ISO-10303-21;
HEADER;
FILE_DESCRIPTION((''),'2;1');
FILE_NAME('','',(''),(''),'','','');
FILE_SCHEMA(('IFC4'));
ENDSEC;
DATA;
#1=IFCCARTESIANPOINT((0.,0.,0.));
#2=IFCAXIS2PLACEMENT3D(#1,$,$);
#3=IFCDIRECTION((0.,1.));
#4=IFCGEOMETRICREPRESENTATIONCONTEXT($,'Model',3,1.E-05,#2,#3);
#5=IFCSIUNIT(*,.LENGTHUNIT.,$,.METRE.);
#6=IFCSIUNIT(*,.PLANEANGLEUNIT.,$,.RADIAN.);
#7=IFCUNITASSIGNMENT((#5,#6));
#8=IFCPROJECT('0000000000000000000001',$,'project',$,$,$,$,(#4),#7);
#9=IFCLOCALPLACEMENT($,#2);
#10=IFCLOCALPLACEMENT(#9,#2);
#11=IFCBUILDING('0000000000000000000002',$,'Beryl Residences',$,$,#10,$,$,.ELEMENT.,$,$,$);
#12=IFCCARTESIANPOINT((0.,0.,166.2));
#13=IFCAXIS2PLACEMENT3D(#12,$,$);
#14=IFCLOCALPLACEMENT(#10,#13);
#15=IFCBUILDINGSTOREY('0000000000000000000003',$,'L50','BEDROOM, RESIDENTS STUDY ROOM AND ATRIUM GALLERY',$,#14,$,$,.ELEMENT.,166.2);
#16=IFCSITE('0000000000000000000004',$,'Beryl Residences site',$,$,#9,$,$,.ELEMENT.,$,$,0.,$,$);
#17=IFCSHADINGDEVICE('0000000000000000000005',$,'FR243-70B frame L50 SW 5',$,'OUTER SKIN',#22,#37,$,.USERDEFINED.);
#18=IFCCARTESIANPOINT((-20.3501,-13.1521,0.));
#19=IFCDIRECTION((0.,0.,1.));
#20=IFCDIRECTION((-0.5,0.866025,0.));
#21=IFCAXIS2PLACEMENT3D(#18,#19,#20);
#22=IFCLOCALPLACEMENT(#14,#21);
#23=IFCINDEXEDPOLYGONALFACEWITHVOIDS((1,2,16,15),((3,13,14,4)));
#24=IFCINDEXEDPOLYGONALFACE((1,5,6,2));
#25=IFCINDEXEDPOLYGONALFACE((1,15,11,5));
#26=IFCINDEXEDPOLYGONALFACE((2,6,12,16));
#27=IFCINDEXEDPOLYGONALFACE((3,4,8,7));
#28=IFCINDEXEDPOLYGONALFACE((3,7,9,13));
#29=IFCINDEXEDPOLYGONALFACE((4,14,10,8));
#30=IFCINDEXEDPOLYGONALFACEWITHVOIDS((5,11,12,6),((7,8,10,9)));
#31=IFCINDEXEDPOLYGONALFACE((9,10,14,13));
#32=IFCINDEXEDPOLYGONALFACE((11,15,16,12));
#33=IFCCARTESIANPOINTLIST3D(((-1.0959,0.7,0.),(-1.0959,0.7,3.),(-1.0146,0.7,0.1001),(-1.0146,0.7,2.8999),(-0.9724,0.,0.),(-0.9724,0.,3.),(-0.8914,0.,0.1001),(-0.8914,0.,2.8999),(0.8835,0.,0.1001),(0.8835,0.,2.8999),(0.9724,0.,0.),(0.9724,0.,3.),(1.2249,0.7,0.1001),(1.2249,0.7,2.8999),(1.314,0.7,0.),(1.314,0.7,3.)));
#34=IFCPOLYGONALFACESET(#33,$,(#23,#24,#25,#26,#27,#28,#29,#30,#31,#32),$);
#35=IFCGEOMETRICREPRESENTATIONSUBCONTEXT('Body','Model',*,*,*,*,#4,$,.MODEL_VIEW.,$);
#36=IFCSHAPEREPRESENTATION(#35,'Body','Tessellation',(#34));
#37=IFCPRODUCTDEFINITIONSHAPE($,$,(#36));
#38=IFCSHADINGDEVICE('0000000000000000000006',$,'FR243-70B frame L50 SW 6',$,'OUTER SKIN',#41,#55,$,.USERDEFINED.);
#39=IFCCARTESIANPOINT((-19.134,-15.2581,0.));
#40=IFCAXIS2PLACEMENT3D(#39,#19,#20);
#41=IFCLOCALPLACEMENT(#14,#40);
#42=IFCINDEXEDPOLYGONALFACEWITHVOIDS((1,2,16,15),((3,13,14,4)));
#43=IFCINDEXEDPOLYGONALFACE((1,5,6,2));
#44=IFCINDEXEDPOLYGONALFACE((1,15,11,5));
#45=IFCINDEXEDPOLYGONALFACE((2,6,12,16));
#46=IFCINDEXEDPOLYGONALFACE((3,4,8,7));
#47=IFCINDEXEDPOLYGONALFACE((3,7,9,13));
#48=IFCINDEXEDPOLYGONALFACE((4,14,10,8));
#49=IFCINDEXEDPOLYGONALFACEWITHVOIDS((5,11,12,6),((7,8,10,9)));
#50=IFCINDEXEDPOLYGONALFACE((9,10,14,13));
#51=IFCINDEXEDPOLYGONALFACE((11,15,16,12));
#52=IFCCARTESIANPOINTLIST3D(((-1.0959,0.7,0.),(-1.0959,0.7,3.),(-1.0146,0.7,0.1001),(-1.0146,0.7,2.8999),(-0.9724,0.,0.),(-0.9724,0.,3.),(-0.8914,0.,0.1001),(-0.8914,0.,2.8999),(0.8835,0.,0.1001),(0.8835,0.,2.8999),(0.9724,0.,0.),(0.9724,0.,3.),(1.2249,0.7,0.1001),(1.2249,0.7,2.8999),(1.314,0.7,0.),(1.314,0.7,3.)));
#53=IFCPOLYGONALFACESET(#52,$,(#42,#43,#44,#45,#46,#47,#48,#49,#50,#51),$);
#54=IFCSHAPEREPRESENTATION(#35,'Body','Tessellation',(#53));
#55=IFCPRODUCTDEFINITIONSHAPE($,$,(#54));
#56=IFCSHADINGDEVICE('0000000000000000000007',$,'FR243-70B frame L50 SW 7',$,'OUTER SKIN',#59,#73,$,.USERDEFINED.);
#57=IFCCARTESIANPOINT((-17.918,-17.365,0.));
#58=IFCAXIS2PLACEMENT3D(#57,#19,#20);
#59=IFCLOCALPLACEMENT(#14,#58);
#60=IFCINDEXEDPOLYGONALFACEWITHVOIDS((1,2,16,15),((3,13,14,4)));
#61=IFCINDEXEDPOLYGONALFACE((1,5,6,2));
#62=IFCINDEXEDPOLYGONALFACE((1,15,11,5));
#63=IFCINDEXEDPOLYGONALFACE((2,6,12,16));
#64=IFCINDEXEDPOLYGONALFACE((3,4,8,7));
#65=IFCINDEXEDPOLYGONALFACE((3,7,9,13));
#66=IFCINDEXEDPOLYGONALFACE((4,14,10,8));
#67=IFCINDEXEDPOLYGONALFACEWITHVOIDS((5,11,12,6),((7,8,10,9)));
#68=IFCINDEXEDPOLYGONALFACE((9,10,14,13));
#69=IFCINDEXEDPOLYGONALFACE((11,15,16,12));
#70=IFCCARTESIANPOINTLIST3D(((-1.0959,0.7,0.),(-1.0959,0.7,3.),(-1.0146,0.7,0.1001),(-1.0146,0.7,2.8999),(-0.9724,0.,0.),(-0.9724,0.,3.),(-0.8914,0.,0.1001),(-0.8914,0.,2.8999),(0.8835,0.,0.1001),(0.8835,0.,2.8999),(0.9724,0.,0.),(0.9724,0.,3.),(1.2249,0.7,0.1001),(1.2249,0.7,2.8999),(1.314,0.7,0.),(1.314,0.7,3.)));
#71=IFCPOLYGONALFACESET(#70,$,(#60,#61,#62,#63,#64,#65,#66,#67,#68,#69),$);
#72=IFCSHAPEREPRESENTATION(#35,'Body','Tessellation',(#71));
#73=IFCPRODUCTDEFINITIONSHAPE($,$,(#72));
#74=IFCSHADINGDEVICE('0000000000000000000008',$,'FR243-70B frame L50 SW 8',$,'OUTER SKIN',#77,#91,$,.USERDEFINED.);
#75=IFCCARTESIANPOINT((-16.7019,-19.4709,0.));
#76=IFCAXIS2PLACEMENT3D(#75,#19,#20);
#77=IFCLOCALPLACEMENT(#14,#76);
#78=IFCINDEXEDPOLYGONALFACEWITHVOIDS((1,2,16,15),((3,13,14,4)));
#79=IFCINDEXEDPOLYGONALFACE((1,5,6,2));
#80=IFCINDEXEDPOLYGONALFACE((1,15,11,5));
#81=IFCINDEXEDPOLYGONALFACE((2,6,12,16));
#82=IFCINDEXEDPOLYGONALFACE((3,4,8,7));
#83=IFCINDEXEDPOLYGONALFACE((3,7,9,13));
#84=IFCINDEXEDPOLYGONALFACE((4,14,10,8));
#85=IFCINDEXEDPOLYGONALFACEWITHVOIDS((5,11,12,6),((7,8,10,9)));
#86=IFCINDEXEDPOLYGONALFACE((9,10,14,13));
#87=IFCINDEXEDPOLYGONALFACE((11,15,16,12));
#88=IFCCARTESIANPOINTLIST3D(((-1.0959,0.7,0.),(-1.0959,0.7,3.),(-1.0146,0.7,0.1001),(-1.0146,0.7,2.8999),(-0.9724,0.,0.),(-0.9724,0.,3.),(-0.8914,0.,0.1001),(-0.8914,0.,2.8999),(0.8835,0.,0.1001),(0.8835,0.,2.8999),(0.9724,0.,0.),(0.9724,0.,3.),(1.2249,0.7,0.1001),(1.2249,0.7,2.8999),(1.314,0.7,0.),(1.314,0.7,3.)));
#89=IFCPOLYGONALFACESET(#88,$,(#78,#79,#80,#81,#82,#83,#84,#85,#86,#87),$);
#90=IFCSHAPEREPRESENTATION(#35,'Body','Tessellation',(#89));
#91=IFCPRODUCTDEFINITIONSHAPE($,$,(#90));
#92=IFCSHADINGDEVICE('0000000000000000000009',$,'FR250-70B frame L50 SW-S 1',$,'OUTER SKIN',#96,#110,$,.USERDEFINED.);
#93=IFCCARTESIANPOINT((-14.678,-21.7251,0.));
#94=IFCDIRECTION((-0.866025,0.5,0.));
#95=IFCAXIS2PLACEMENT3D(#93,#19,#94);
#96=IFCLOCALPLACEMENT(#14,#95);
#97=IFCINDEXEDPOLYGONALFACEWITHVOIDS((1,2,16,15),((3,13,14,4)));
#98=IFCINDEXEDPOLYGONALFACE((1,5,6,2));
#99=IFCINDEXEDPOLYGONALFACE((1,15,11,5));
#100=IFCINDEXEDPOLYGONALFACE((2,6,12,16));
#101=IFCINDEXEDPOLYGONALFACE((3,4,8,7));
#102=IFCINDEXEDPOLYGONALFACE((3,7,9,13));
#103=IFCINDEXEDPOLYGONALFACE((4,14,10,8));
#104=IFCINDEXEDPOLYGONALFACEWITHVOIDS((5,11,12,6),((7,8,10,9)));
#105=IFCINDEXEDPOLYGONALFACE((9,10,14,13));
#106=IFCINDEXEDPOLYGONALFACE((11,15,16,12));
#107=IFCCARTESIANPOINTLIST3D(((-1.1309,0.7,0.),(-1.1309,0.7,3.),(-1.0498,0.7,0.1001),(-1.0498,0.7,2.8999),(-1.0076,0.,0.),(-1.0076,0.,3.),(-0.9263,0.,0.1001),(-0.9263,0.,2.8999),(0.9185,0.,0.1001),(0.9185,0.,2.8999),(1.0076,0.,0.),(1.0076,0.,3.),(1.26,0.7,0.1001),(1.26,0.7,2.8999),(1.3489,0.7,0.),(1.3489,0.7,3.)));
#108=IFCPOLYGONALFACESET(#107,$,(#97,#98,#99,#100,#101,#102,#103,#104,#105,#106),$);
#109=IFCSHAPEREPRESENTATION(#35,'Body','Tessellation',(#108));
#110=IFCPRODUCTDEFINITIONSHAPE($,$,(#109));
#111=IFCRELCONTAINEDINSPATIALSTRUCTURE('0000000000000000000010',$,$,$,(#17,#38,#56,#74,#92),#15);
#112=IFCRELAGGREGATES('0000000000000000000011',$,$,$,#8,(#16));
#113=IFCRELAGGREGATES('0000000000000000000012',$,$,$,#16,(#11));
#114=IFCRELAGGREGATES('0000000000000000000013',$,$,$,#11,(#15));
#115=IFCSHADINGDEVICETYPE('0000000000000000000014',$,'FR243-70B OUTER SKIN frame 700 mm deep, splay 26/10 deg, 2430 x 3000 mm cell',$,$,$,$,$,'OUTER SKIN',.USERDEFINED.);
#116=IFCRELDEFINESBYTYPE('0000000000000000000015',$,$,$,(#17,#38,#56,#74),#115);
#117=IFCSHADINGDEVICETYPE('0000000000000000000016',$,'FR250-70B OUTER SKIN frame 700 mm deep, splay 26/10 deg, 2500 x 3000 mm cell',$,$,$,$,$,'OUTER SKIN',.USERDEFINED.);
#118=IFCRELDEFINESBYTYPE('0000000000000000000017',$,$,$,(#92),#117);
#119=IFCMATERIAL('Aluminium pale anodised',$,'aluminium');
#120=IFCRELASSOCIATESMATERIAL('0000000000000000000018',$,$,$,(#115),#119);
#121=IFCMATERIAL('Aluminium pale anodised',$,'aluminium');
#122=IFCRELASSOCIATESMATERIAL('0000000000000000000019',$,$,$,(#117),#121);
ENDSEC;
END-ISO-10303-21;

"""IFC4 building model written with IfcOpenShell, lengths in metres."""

from ifc_helpers import new_model, entity, si_unit, direction, frame, origin, place, context, subcontext, project, spatial, source, transform, mapped, material, type_object, type_shapes, element, save


model = new_model("IFC4")

# Units and contexts
model_context = context("Model", 3, precision=1e-05, world=origin(), true_north=direction((0.0, 1.0)))
body_context = subcontext(model_context, "Body", "Model", "MODEL_VIEW")
ifc_project = project(units=[si_unit("LENGTHUNIT", "METRE"), si_unit("PLANEANGLEUNIT", "RADIAN")], contexts=[model_context])

# Site, building, storey
site_placement = place(None, origin())
site = spatial("IfcSite", under=ifc_project, at=site_placement, Name="Beryl Residences site", CompositionType="ELEMENT", RefElevation=0.0)
building_placement = place(site_placement, origin())
building = spatial("IfcBuilding", under=site, at=building_placement, Name="Beryl Residences", CompositionType="ELEMENT")
storey_placement = place(building_placement, frame((0.0, 0.0, 166.2)))
storey = spatial("IfcBuildingStorey", under=building, at=storey_placement, Name="L50", Description="BEDROOM, RESIDENTS STUDY ROOM AND ATRIUM GALLERY", CompositionType="ELEMENT", Elevation=166.2)

# Shading devices
ifc_material_1 = material(Name="Aluminium pale anodised", Category="aluminium")
shading_device_type_1 = type_object("IfcShadingDeviceType", Name="FR243-70B OUTER SKIN frame 700 mm deep, splay 26/10 deg, 2430 x 3000 mm cell", ElementType="OUTER SKIN", PredefinedType="USERDEFINED", material=ifc_material_1)
cartesian_point_1 = entity("IfcCartesianPoint", [-0.9724, 0.0])
cartesian_point_2 = entity("IfcCartesianPoint", [-0.8835, 0.1001])
cartesian_point_3 = entity("IfcCartesianPoint", [-1.314, 0.0])
cartesian_point_4 = entity("IfcCartesianPoint", [-1.2249, 0.1001])
shared_shape_1 = source(origin(), body_context, "Body", "SweptSolid", [
    entity("IfcExtrudedAreaSolidTapered", entity("IfcArbitraryProfileDefWithVoids", "AREA", None, entity("IfcPolyline", [cartesian_point_1, entity("IfcCartesianPoint", [0.9724, 0.0]), entity("IfcCartesianPoint", [0.9724, 3.0]), entity("IfcCartesianPoint", [-0.9724, 3.0]), cartesian_point_1]), [entity("IfcPolyline", [cartesian_point_2, entity("IfcCartesianPoint", [0.8914, 0.1001]), entity("IfcCartesianPoint", [0.8914, 2.8999]), entity("IfcCartesianPoint", [-0.8835, 2.8999]), cartesian_point_2])]), entity("IfcAxis2Placement3D", entity("IfcCartesianPoint", [0.0, 0.0, 0.0]), entity("IfcDirection", [0.0, 1.0, 0.0]), entity("IfcDirection", [-1.0, 0.0, 0.0])), entity("IfcDirection", [0.0, 0.0, 1.0]), 0.7, entity("IfcArbitraryProfileDefWithVoids", "AREA", None, entity("IfcPolyline", [cartesian_point_3, entity("IfcCartesianPoint", [1.0959, 0.0]), entity("IfcCartesianPoint", [1.0959, 3.0]), entity("IfcCartesianPoint", [-1.314, 3.0]), cartesian_point_3]), [entity("IfcPolyline", [cartesian_point_4, entity("IfcCartesianPoint", [1.0146, 0.1001]), entity("IfcCartesianPoint", [1.0146, 2.8999]), entity("IfcCartesianPoint", [-1.2249, 2.8999]), cartesian_point_4])])),
])
type_shapes(shading_device_type_1, [shared_shape_1])
for number, where, z_axis, x_axis, name in (
    (1, (-20.3501, -13.1521, 0.0), (0.0, 0.0, 1.0), (-0.5, 0.866025, 0.0), "FR243-70B frame L50 SW 5"),
    (2, (-19.134, -15.2581, 0.0), (0.0, 0.0, 1.0), (-0.5, 0.866025, 0.0), "FR243-70B frame L50 SW 6"),
    (3, (-17.918, -17.365, 0.0), (0.0, 0.0, 1.0), (-0.5, 0.866025, 0.0), "FR243-70B frame L50 SW 7"),
    (4, (-16.7019, -19.4709, 0.0), (0.0, 0.0, 1.0), (-0.5, 0.866025, 0.0), "FR243-70B frame L50 SW 8"),
):
    element("IfcShadingDevice", number, at=place(storey_placement, frame(where, z_axis=z_axis, x_axis=x_axis)), inside=storey, type_object=shading_device_type_1, Name=name, ObjectType="OUTER SKIN", PredefinedType="USERDEFINED", context=body_context, shape_type="MappedRepresentation", body=[
        mapped(shared_shape_1, transform((0.0, 0.0, 0.0))),
    ])
ifc_material_2 = material(Name="Aluminium pale anodised", Category="aluminium")
shading_device_type_2 = type_object("IfcShadingDeviceType", Name="FR250-70B OUTER SKIN frame 700 mm deep, splay 26/10 deg, 2500 x 3000 mm cell", ElementType="OUTER SKIN", PredefinedType="USERDEFINED", material=ifc_material_2)
cartesian_point_5 = entity("IfcCartesianPoint", [-1.0076, 0.0])
cartesian_point_6 = entity("IfcCartesianPoint", [-0.9185, 0.1001])
cartesian_point_7 = entity("IfcCartesianPoint", [-1.3489, 0.0])
cartesian_point_8 = entity("IfcCartesianPoint", [-1.26, 0.1001])
shared_shape_2 = source(origin(), body_context, "Body", "SweptSolid", [
    entity("IfcExtrudedAreaSolidTapered", entity("IfcArbitraryProfileDefWithVoids", "AREA", None, entity("IfcPolyline", [cartesian_point_5, entity("IfcCartesianPoint", [1.0076, 0.0]), entity("IfcCartesianPoint", [1.0076, 3.0]), entity("IfcCartesianPoint", [-1.0076, 3.0]), cartesian_point_5]), [entity("IfcPolyline", [cartesian_point_6, entity("IfcCartesianPoint", [0.9263, 0.1001]), entity("IfcCartesianPoint", [0.9263, 2.8999]), entity("IfcCartesianPoint", [-0.9185, 2.8999]), cartesian_point_6])]), entity("IfcAxis2Placement3D", entity("IfcCartesianPoint", [0.0, 0.0, 0.0]), entity("IfcDirection", [0.0, 1.0, 0.0]), entity("IfcDirection", [-1.0, 0.0, 0.0])), entity("IfcDirection", [0.0, 0.0, 1.0]), 0.7, entity("IfcArbitraryProfileDefWithVoids", "AREA", None, entity("IfcPolyline", [cartesian_point_7, entity("IfcCartesianPoint", [1.1309, 0.0]), entity("IfcCartesianPoint", [1.1309, 3.0]), entity("IfcCartesianPoint", [-1.3489, 3.0]), cartesian_point_7]), [entity("IfcPolyline", [cartesian_point_8, entity("IfcCartesianPoint", [1.0498, 0.1001]), entity("IfcCartesianPoint", [1.0498, 2.8999]), entity("IfcCartesianPoint", [-1.26, 2.8999]), cartesian_point_8])])),
])
type_shapes(shading_device_type_2, [shared_shape_2])
shading_device_placement = place(storey_placement, frame((-14.678, -21.7251, 0.0), z_axis=(0.0, 0.0, 1.0), x_axis=(-0.866025, 0.5, 0.0)))
element("IfcShadingDevice", 5, at=shading_device_placement, inside=storey, type_object=shading_device_type_2, Name="FR250-70B frame L50 SW-S 1", ObjectType="OUTER SKIN", PredefinedType="USERDEFINED", context=body_context, shape_type="MappedRepresentation", body=[
    mapped(shared_shape_2, transform((0.0, 0.0, 0.0))),
])

save(model, "model.ifc")
